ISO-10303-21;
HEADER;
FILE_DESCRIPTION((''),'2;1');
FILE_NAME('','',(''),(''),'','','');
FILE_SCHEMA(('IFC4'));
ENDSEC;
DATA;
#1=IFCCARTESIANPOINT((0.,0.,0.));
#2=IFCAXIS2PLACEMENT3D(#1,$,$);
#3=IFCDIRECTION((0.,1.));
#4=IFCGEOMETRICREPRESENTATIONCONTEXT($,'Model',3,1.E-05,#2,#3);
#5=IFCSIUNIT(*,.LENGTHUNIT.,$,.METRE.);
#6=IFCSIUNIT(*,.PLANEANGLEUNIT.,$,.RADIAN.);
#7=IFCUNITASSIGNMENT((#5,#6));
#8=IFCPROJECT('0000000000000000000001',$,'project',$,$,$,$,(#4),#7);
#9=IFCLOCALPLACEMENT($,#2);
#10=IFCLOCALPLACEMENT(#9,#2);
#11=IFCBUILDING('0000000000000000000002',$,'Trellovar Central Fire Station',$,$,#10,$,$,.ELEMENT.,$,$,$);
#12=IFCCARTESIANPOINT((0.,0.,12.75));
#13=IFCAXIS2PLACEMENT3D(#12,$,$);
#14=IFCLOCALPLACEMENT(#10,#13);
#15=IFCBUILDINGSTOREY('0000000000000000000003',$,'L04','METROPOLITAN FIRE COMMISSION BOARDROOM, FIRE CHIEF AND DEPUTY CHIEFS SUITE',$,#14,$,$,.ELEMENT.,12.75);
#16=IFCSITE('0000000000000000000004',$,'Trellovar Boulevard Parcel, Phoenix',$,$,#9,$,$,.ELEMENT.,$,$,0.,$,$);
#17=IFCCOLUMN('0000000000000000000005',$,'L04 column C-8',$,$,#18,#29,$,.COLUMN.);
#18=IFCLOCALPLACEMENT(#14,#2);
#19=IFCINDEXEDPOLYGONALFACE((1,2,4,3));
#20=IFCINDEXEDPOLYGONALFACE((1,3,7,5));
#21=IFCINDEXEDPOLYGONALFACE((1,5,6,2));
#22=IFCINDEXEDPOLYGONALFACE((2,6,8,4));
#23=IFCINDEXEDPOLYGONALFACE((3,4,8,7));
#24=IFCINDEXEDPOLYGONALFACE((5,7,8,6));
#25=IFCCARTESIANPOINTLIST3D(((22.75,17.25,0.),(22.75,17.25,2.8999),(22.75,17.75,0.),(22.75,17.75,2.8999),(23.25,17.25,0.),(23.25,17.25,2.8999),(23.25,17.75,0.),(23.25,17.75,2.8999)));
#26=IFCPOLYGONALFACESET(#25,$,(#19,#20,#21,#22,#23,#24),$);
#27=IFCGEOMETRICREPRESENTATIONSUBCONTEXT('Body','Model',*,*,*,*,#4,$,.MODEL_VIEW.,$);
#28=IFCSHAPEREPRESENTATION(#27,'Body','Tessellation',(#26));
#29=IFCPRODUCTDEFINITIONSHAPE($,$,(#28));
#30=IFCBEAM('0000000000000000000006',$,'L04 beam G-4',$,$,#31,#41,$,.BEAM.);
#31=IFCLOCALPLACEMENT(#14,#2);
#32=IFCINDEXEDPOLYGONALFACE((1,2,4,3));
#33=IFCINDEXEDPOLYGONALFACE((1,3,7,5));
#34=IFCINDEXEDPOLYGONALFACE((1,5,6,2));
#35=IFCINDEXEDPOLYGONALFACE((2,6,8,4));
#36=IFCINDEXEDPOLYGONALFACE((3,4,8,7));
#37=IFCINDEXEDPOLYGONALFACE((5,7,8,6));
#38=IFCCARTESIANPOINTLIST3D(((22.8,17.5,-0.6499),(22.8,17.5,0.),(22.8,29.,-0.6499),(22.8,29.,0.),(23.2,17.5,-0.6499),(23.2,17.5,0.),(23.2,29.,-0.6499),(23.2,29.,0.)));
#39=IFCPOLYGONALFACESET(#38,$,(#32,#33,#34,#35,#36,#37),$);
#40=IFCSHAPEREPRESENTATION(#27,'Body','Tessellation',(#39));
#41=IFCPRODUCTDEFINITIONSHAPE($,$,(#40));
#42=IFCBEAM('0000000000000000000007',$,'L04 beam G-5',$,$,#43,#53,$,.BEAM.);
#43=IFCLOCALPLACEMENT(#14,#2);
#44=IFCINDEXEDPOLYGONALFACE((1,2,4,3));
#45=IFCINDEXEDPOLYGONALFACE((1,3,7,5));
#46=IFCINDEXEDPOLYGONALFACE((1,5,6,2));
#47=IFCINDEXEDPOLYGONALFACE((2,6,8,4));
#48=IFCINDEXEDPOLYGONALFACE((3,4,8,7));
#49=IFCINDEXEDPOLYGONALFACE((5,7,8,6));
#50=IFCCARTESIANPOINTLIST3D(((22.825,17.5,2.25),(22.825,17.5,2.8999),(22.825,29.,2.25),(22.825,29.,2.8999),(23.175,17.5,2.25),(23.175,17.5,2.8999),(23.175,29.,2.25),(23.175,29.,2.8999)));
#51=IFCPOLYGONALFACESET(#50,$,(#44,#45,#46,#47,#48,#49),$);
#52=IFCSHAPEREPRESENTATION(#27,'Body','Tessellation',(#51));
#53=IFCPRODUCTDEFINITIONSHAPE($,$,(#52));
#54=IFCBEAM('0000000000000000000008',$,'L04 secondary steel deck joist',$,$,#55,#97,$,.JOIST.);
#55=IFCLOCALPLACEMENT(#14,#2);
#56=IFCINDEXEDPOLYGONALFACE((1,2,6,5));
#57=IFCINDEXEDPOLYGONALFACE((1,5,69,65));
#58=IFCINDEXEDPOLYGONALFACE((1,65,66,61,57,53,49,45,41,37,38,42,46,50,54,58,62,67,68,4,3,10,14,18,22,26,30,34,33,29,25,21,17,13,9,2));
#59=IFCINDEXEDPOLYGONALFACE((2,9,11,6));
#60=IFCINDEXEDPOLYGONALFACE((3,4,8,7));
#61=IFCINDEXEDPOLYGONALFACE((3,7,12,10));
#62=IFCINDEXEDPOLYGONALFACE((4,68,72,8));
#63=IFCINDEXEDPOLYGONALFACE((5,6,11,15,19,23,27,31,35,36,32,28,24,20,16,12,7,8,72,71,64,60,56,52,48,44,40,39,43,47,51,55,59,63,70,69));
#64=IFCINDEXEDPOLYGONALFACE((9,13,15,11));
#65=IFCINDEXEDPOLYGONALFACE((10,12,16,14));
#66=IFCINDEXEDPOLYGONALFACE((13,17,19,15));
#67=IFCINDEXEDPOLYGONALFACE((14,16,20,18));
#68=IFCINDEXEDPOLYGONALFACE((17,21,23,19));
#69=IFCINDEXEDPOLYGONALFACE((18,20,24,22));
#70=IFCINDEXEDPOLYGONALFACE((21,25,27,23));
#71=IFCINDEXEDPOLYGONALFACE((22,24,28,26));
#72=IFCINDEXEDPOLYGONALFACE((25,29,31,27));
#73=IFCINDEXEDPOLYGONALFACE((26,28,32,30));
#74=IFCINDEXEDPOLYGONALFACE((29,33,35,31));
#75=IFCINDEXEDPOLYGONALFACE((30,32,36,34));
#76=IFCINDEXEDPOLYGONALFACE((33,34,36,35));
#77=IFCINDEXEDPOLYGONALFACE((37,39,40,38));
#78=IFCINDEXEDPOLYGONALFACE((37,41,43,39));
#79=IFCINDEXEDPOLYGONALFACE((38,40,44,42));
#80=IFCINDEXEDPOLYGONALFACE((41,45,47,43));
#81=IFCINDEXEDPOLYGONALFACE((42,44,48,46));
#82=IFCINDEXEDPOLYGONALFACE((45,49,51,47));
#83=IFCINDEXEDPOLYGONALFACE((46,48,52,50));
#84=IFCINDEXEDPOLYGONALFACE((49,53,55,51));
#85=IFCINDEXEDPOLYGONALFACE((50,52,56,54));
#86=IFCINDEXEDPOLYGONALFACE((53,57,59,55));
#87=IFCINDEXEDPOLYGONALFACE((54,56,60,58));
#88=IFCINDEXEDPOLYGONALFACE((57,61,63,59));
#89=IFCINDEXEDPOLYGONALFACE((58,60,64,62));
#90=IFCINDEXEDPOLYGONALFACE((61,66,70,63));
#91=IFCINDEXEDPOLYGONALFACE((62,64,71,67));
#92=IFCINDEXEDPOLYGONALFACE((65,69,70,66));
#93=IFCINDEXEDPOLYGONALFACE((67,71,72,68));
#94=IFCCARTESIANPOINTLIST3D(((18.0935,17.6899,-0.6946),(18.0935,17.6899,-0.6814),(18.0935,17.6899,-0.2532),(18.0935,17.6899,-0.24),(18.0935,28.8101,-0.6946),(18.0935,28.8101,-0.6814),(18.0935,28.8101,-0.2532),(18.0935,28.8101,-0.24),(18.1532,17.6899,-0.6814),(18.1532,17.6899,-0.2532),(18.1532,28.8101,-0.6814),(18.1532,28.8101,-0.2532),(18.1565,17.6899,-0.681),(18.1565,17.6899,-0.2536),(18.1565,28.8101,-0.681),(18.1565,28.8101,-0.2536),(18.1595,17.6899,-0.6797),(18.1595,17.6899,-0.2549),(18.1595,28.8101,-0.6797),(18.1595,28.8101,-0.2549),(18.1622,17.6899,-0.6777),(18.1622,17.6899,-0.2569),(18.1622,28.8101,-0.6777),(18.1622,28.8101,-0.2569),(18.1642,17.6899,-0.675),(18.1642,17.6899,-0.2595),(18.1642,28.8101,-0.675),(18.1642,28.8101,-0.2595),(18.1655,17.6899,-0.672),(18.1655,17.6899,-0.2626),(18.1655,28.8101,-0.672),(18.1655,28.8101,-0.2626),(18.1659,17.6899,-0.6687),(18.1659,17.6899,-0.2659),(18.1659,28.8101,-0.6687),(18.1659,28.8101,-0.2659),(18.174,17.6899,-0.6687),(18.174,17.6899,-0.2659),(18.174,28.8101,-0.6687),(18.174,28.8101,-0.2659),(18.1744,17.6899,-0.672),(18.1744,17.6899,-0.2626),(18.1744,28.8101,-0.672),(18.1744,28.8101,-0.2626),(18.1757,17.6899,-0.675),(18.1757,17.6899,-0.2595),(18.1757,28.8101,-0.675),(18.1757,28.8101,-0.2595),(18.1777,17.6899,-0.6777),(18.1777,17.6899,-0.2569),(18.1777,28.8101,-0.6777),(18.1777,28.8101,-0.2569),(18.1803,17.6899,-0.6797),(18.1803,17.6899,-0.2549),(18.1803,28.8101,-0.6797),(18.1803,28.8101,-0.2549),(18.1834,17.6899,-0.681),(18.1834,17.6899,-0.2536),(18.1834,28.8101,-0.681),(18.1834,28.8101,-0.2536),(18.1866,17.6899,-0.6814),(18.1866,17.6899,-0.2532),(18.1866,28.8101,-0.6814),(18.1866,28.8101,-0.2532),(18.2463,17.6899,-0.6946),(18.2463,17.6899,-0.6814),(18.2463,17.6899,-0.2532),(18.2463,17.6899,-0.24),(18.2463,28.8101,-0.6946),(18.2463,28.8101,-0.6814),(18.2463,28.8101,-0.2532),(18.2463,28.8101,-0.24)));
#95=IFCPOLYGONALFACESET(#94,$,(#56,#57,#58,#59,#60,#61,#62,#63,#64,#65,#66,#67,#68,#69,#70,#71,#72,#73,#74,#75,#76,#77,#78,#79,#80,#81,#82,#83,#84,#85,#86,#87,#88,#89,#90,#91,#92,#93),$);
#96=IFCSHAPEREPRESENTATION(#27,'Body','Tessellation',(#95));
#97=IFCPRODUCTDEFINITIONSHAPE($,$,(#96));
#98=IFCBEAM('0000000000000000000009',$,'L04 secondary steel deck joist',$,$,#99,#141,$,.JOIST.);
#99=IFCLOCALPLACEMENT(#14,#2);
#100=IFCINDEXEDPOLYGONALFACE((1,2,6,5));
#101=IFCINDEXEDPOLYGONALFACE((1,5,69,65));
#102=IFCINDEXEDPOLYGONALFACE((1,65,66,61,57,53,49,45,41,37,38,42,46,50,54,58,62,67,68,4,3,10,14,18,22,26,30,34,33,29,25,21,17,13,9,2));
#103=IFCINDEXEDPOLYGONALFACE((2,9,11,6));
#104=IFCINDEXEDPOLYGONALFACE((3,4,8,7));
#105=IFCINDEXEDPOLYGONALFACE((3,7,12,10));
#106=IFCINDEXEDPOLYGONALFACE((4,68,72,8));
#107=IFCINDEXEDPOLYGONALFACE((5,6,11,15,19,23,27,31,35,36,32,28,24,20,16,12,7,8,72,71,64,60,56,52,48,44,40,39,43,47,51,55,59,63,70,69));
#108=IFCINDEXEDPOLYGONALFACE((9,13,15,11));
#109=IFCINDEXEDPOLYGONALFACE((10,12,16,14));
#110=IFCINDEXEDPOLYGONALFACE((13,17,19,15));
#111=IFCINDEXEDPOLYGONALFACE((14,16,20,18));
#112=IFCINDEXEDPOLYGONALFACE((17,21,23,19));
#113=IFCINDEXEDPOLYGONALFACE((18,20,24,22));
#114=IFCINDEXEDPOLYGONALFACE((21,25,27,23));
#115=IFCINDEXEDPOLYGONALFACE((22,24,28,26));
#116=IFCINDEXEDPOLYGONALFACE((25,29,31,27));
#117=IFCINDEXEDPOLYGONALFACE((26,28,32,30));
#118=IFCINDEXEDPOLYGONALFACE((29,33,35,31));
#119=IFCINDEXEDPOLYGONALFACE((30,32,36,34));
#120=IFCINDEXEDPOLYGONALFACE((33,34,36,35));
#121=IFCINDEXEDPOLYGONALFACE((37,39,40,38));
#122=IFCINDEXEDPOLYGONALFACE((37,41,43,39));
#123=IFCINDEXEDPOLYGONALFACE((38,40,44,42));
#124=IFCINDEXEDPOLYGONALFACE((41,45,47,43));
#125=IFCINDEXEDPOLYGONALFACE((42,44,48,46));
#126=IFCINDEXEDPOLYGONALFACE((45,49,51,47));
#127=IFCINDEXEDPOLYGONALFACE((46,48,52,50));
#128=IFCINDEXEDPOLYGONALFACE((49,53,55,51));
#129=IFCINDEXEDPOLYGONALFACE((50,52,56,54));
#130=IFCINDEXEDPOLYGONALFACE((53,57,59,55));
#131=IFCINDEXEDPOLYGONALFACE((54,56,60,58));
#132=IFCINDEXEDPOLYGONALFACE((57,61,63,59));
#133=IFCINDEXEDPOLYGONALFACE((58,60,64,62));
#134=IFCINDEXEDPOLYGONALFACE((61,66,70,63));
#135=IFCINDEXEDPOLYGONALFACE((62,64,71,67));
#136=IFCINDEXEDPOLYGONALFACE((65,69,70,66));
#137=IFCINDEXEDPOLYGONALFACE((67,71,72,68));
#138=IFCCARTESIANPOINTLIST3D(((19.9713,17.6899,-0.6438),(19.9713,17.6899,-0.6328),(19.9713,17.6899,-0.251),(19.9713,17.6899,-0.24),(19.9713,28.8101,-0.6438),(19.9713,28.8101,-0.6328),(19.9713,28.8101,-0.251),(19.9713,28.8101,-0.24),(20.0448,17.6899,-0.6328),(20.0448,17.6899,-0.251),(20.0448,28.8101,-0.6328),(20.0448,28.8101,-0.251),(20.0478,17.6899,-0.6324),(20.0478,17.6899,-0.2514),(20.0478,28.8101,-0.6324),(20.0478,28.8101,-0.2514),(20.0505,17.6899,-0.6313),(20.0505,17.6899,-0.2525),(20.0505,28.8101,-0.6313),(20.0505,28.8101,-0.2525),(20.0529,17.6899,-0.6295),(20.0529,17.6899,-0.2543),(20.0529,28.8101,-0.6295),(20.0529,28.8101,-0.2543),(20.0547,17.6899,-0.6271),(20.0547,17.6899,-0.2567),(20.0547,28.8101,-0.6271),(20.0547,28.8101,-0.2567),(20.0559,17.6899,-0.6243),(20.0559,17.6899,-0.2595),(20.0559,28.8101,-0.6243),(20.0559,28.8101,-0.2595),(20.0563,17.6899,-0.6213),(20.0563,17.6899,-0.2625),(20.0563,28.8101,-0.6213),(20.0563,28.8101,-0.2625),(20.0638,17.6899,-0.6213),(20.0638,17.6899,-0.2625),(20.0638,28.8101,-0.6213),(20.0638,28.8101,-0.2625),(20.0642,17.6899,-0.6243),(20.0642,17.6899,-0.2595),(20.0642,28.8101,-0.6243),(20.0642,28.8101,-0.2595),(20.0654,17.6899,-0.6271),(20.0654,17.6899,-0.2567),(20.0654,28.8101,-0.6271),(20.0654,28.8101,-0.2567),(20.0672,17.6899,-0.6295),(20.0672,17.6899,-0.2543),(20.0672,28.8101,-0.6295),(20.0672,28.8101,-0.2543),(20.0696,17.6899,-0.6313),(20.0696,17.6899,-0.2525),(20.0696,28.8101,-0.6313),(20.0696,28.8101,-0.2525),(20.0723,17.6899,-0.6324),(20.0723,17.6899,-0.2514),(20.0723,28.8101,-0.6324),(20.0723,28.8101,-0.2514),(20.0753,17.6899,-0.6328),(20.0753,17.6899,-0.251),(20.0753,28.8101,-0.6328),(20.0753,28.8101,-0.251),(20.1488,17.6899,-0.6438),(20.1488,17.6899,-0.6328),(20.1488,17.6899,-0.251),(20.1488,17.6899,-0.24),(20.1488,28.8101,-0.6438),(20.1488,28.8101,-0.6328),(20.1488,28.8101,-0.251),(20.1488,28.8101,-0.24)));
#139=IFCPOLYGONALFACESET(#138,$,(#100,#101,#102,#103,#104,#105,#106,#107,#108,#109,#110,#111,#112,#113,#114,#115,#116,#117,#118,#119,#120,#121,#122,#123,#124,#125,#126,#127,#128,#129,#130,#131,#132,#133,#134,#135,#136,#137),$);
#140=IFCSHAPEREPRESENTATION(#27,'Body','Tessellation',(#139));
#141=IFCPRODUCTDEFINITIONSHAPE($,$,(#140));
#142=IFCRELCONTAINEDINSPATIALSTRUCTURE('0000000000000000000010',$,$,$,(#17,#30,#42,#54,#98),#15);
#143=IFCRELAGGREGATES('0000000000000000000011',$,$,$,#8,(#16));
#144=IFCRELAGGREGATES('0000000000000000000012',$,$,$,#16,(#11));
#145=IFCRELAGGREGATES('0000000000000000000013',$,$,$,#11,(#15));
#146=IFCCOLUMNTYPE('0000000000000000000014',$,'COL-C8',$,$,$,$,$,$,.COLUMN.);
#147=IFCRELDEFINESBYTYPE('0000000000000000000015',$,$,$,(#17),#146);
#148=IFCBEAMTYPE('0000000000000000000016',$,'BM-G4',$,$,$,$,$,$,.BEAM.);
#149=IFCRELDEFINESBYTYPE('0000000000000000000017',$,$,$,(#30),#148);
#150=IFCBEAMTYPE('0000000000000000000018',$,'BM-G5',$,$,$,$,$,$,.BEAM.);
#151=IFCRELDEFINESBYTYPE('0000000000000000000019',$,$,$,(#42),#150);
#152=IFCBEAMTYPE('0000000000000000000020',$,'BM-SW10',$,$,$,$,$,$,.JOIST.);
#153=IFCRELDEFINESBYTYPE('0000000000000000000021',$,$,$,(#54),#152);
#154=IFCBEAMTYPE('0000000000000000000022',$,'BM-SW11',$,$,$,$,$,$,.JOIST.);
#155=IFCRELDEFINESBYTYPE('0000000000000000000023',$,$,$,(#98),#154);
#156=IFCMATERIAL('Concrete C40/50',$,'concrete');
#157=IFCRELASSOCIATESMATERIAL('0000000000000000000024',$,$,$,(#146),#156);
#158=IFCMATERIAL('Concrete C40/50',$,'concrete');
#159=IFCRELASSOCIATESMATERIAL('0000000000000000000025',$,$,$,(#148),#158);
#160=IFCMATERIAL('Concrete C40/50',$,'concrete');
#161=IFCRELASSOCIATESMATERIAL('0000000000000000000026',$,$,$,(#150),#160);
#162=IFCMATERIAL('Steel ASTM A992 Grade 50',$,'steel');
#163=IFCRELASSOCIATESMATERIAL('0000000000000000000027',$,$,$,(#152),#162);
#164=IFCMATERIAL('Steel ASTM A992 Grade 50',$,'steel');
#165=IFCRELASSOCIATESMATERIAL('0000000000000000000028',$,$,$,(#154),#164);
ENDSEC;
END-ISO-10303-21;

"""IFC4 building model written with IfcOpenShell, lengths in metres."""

from ifc_helpers import new_model, si_unit, direction, frame, origin, origin_2d, place, context, subcontext, project, spatial, rectangle, i_section, extrude, material, material_profile, profile_set, type_object, element, save


model = new_model("IFC4")

# Units and contexts
model_context = context("Model", 3, precision=1e-05, world=origin(), true_north=direction((0.0, 1.0)))
body_context = subcontext(model_context, "Body", "Model", "MODEL_VIEW")
ifc_project = project(units=[si_unit("LENGTHUNIT", "METRE"), si_unit("PLANEANGLEUNIT", "RADIAN")], contexts=[model_context])

# Site, building, storey
site_placement = place(None, origin())
site = spatial("IfcSite", under=ifc_project, at=site_placement, Name="Trellovar Boulevard Parcel, Phoenix", CompositionType="ELEMENT", RefElevation=0.0)
building_placement = place(site_placement, origin())
building = spatial("IfcBuilding", under=site, at=building_placement, Name="Trellovar Central Fire Station", CompositionType="ELEMENT")
storey_placement = place(building_placement, frame((0.0, 0.0, 12.75)))
storey = spatial("IfcBuildingStorey", under=building, at=storey_placement, Name="L04", Description="METROPOLITAN FIRE COMMISSION BOARDROOM, FIRE CHIEF AND DEPUTY CHIEFS SUITE", CompositionType="ELEMENT", Elevation=12.75)

# Column
ifc_material_1 = material(Name="Concrete C40/50", Category="concrete")
ifc_material_profile_1 = material_profile(ifc_material_1, rectangle(XDim=0.5, YDim=0.5, at=origin_2d()), Name="RC500X500")
ifc_profile_set_1 = profile_set([ifc_material_profile_1], Name="Concrete C40/50")
column_type = type_object("IfcColumnType", Name="COL-C8", PredefinedType="COLUMN", material=ifc_profile_set_1)
column_placement = place(storey_placement, frame((23.0, 17.5, 0.0), z_axis=(0.0, 0.0, 1.0), x_axis=(1.0, 0.0, 0.0)))
element("IfcColumn", 1, at=column_placement, inside=storey, type_object=column_type, Name="L04 column C-8", PredefinedType="COLUMN", context=body_context, shape_type="SweptSolid", body=[
    extrude(rectangle(XDim=0.5, YDim=0.5, at=origin_2d()), origin(), (0.0, 0.0, 1.0), 2.8999),
])

# Beams
ifc_material_2 = material(Name="Concrete C40/50", Category="concrete")
ifc_material_profile_2 = material_profile(ifc_material_2, rectangle(XDim=0.3999, YDim=0.6499, at=origin_2d()), Name="RC400X650")
ifc_profile_set_2 = profile_set([ifc_material_profile_2], Name="Concrete C40/50")
beam_type_1 = type_object("IfcBeamType", Name="BM-G4", PredefinedType="BEAM", material=ifc_profile_set_2)
beam_1_placement = place(storey_placement, frame((23.0, 17.5, -0.325), z_axis=(0.0, 1.0, 0.0), x_axis=(-1.0, 0.0, 0.0)))
element("IfcBeam", 2, at=beam_1_placement, inside=storey, type_object=beam_type_1, Name="L04 beam G-4", PredefinedType="BEAM", context=body_context, shape_type="SweptSolid", body=[
    extrude(rectangle(XDim=0.3999, YDim=0.6499, at=origin_2d()), origin(), (0.0, 0.0, 1.0), 11.5),
])
ifc_material_3 = material(Name="Concrete C40/50", Category="concrete")
ifc_material_profile_3 = material_profile(ifc_material_3, rectangle(XDim=0.3501, YDim=0.6499, at=origin_2d()), Name="RC350X650")
ifc_profile_set_3 = profile_set([ifc_material_profile_3], Name="Concrete C40/50")
beam_type_2 = type_object("IfcBeamType", Name="BM-G5", PredefinedType="BEAM", material=ifc_profile_set_3)
beam_2_placement = place(storey_placement, frame((23.0, 17.5, 2.575), z_axis=(0.0, 1.0, 0.0), x_axis=(-1.0, 0.0, 0.0)))
element("IfcBeam", 3, at=beam_2_placement, inside=storey, type_object=beam_type_2, Name="L04 beam G-5", PredefinedType="BEAM", context=body_context, shape_type="SweptSolid", body=[
    extrude(rectangle(XDim=0.3501, YDim=0.6499, at=origin_2d()), origin(), (0.0, 0.0, 1.0), 11.5),
])
ifc_material_4 = material(Name="Steel ASTM A992 Grade 50", Category="steel")
ifc_material_profile_4 = material_profile(ifc_material_4, i_section(OverallWidth=0.1528, OverallDepth=0.4546, WebThickness=0.0081, FlangeThickness=0.0132, FilletRadius=0.0127, at=origin_2d()), Name="W18X40")
ifc_profile_set_4 = profile_set([ifc_material_profile_4], Name="Steel ASTM A992 Grade 50")
beam_type_3 = type_object("IfcBeamType", Name="BM-SW10", PredefinedType="JOIST", material=ifc_profile_set_4)
beam_3_placement = place(storey_placement, frame((18.1699, 17.6899, -0.4673), z_axis=(0.0, 1.0, 0.0), x_axis=(-1.0, 0.0, 0.0)))
element("IfcBeam", 4, at=beam_3_placement, inside=storey, type_object=beam_type_3, Name="L04 secondary steel deck joist", PredefinedType="JOIST", context=body_context, shape_type="SweptSolid", body=[
    extrude(i_section(OverallWidth=0.1528, OverallDepth=0.4546, WebThickness=0.0081, FlangeThickness=0.0132, FilletRadius=0.0127, at=origin_2d()), origin(), (0.0, 0.0, 1.0), 11.1201),
])
ifc_material_5 = material(Name="Steel ASTM A992 Grade 50", Category="steel")
ifc_material_profile_5 = material_profile(ifc_material_5, i_section(OverallWidth=0.1775, OverallDepth=0.4038, WebThickness=0.0076, FlangeThickness=0.011, FilletRadius=0.0115, at=origin_2d()), Name="W16X36")
ifc_profile_set_5 = profile_set([ifc_material_profile_5], Name="Steel ASTM A992 Grade 50")
beam_type_4 = type_object("IfcBeamType", Name="BM-SW11", PredefinedType="JOIST", material=ifc_profile_set_5)
beam_4_placement = place(storey_placement, frame((20.0601, 17.6899, -0.4419), z_axis=(0.0, 1.0, 0.0), x_axis=(-1.0, 0.0, 0.0)))
element("IfcBeam", 5, at=beam_4_placement, inside=storey, type_object=beam_type_4, Name="L04 secondary steel deck joist", PredefinedType="JOIST", context=body_context, shape_type="SweptSolid", body=[
    extrude(i_section(OverallWidth=0.1775, OverallDepth=0.4038, WebThickness=0.0076, FlangeThickness=0.011, FilletRadius=0.0115, at=origin_2d()), origin(), (0.0, 0.0, 1.0), 11.1201),
])

save(model, "model.ifc")
